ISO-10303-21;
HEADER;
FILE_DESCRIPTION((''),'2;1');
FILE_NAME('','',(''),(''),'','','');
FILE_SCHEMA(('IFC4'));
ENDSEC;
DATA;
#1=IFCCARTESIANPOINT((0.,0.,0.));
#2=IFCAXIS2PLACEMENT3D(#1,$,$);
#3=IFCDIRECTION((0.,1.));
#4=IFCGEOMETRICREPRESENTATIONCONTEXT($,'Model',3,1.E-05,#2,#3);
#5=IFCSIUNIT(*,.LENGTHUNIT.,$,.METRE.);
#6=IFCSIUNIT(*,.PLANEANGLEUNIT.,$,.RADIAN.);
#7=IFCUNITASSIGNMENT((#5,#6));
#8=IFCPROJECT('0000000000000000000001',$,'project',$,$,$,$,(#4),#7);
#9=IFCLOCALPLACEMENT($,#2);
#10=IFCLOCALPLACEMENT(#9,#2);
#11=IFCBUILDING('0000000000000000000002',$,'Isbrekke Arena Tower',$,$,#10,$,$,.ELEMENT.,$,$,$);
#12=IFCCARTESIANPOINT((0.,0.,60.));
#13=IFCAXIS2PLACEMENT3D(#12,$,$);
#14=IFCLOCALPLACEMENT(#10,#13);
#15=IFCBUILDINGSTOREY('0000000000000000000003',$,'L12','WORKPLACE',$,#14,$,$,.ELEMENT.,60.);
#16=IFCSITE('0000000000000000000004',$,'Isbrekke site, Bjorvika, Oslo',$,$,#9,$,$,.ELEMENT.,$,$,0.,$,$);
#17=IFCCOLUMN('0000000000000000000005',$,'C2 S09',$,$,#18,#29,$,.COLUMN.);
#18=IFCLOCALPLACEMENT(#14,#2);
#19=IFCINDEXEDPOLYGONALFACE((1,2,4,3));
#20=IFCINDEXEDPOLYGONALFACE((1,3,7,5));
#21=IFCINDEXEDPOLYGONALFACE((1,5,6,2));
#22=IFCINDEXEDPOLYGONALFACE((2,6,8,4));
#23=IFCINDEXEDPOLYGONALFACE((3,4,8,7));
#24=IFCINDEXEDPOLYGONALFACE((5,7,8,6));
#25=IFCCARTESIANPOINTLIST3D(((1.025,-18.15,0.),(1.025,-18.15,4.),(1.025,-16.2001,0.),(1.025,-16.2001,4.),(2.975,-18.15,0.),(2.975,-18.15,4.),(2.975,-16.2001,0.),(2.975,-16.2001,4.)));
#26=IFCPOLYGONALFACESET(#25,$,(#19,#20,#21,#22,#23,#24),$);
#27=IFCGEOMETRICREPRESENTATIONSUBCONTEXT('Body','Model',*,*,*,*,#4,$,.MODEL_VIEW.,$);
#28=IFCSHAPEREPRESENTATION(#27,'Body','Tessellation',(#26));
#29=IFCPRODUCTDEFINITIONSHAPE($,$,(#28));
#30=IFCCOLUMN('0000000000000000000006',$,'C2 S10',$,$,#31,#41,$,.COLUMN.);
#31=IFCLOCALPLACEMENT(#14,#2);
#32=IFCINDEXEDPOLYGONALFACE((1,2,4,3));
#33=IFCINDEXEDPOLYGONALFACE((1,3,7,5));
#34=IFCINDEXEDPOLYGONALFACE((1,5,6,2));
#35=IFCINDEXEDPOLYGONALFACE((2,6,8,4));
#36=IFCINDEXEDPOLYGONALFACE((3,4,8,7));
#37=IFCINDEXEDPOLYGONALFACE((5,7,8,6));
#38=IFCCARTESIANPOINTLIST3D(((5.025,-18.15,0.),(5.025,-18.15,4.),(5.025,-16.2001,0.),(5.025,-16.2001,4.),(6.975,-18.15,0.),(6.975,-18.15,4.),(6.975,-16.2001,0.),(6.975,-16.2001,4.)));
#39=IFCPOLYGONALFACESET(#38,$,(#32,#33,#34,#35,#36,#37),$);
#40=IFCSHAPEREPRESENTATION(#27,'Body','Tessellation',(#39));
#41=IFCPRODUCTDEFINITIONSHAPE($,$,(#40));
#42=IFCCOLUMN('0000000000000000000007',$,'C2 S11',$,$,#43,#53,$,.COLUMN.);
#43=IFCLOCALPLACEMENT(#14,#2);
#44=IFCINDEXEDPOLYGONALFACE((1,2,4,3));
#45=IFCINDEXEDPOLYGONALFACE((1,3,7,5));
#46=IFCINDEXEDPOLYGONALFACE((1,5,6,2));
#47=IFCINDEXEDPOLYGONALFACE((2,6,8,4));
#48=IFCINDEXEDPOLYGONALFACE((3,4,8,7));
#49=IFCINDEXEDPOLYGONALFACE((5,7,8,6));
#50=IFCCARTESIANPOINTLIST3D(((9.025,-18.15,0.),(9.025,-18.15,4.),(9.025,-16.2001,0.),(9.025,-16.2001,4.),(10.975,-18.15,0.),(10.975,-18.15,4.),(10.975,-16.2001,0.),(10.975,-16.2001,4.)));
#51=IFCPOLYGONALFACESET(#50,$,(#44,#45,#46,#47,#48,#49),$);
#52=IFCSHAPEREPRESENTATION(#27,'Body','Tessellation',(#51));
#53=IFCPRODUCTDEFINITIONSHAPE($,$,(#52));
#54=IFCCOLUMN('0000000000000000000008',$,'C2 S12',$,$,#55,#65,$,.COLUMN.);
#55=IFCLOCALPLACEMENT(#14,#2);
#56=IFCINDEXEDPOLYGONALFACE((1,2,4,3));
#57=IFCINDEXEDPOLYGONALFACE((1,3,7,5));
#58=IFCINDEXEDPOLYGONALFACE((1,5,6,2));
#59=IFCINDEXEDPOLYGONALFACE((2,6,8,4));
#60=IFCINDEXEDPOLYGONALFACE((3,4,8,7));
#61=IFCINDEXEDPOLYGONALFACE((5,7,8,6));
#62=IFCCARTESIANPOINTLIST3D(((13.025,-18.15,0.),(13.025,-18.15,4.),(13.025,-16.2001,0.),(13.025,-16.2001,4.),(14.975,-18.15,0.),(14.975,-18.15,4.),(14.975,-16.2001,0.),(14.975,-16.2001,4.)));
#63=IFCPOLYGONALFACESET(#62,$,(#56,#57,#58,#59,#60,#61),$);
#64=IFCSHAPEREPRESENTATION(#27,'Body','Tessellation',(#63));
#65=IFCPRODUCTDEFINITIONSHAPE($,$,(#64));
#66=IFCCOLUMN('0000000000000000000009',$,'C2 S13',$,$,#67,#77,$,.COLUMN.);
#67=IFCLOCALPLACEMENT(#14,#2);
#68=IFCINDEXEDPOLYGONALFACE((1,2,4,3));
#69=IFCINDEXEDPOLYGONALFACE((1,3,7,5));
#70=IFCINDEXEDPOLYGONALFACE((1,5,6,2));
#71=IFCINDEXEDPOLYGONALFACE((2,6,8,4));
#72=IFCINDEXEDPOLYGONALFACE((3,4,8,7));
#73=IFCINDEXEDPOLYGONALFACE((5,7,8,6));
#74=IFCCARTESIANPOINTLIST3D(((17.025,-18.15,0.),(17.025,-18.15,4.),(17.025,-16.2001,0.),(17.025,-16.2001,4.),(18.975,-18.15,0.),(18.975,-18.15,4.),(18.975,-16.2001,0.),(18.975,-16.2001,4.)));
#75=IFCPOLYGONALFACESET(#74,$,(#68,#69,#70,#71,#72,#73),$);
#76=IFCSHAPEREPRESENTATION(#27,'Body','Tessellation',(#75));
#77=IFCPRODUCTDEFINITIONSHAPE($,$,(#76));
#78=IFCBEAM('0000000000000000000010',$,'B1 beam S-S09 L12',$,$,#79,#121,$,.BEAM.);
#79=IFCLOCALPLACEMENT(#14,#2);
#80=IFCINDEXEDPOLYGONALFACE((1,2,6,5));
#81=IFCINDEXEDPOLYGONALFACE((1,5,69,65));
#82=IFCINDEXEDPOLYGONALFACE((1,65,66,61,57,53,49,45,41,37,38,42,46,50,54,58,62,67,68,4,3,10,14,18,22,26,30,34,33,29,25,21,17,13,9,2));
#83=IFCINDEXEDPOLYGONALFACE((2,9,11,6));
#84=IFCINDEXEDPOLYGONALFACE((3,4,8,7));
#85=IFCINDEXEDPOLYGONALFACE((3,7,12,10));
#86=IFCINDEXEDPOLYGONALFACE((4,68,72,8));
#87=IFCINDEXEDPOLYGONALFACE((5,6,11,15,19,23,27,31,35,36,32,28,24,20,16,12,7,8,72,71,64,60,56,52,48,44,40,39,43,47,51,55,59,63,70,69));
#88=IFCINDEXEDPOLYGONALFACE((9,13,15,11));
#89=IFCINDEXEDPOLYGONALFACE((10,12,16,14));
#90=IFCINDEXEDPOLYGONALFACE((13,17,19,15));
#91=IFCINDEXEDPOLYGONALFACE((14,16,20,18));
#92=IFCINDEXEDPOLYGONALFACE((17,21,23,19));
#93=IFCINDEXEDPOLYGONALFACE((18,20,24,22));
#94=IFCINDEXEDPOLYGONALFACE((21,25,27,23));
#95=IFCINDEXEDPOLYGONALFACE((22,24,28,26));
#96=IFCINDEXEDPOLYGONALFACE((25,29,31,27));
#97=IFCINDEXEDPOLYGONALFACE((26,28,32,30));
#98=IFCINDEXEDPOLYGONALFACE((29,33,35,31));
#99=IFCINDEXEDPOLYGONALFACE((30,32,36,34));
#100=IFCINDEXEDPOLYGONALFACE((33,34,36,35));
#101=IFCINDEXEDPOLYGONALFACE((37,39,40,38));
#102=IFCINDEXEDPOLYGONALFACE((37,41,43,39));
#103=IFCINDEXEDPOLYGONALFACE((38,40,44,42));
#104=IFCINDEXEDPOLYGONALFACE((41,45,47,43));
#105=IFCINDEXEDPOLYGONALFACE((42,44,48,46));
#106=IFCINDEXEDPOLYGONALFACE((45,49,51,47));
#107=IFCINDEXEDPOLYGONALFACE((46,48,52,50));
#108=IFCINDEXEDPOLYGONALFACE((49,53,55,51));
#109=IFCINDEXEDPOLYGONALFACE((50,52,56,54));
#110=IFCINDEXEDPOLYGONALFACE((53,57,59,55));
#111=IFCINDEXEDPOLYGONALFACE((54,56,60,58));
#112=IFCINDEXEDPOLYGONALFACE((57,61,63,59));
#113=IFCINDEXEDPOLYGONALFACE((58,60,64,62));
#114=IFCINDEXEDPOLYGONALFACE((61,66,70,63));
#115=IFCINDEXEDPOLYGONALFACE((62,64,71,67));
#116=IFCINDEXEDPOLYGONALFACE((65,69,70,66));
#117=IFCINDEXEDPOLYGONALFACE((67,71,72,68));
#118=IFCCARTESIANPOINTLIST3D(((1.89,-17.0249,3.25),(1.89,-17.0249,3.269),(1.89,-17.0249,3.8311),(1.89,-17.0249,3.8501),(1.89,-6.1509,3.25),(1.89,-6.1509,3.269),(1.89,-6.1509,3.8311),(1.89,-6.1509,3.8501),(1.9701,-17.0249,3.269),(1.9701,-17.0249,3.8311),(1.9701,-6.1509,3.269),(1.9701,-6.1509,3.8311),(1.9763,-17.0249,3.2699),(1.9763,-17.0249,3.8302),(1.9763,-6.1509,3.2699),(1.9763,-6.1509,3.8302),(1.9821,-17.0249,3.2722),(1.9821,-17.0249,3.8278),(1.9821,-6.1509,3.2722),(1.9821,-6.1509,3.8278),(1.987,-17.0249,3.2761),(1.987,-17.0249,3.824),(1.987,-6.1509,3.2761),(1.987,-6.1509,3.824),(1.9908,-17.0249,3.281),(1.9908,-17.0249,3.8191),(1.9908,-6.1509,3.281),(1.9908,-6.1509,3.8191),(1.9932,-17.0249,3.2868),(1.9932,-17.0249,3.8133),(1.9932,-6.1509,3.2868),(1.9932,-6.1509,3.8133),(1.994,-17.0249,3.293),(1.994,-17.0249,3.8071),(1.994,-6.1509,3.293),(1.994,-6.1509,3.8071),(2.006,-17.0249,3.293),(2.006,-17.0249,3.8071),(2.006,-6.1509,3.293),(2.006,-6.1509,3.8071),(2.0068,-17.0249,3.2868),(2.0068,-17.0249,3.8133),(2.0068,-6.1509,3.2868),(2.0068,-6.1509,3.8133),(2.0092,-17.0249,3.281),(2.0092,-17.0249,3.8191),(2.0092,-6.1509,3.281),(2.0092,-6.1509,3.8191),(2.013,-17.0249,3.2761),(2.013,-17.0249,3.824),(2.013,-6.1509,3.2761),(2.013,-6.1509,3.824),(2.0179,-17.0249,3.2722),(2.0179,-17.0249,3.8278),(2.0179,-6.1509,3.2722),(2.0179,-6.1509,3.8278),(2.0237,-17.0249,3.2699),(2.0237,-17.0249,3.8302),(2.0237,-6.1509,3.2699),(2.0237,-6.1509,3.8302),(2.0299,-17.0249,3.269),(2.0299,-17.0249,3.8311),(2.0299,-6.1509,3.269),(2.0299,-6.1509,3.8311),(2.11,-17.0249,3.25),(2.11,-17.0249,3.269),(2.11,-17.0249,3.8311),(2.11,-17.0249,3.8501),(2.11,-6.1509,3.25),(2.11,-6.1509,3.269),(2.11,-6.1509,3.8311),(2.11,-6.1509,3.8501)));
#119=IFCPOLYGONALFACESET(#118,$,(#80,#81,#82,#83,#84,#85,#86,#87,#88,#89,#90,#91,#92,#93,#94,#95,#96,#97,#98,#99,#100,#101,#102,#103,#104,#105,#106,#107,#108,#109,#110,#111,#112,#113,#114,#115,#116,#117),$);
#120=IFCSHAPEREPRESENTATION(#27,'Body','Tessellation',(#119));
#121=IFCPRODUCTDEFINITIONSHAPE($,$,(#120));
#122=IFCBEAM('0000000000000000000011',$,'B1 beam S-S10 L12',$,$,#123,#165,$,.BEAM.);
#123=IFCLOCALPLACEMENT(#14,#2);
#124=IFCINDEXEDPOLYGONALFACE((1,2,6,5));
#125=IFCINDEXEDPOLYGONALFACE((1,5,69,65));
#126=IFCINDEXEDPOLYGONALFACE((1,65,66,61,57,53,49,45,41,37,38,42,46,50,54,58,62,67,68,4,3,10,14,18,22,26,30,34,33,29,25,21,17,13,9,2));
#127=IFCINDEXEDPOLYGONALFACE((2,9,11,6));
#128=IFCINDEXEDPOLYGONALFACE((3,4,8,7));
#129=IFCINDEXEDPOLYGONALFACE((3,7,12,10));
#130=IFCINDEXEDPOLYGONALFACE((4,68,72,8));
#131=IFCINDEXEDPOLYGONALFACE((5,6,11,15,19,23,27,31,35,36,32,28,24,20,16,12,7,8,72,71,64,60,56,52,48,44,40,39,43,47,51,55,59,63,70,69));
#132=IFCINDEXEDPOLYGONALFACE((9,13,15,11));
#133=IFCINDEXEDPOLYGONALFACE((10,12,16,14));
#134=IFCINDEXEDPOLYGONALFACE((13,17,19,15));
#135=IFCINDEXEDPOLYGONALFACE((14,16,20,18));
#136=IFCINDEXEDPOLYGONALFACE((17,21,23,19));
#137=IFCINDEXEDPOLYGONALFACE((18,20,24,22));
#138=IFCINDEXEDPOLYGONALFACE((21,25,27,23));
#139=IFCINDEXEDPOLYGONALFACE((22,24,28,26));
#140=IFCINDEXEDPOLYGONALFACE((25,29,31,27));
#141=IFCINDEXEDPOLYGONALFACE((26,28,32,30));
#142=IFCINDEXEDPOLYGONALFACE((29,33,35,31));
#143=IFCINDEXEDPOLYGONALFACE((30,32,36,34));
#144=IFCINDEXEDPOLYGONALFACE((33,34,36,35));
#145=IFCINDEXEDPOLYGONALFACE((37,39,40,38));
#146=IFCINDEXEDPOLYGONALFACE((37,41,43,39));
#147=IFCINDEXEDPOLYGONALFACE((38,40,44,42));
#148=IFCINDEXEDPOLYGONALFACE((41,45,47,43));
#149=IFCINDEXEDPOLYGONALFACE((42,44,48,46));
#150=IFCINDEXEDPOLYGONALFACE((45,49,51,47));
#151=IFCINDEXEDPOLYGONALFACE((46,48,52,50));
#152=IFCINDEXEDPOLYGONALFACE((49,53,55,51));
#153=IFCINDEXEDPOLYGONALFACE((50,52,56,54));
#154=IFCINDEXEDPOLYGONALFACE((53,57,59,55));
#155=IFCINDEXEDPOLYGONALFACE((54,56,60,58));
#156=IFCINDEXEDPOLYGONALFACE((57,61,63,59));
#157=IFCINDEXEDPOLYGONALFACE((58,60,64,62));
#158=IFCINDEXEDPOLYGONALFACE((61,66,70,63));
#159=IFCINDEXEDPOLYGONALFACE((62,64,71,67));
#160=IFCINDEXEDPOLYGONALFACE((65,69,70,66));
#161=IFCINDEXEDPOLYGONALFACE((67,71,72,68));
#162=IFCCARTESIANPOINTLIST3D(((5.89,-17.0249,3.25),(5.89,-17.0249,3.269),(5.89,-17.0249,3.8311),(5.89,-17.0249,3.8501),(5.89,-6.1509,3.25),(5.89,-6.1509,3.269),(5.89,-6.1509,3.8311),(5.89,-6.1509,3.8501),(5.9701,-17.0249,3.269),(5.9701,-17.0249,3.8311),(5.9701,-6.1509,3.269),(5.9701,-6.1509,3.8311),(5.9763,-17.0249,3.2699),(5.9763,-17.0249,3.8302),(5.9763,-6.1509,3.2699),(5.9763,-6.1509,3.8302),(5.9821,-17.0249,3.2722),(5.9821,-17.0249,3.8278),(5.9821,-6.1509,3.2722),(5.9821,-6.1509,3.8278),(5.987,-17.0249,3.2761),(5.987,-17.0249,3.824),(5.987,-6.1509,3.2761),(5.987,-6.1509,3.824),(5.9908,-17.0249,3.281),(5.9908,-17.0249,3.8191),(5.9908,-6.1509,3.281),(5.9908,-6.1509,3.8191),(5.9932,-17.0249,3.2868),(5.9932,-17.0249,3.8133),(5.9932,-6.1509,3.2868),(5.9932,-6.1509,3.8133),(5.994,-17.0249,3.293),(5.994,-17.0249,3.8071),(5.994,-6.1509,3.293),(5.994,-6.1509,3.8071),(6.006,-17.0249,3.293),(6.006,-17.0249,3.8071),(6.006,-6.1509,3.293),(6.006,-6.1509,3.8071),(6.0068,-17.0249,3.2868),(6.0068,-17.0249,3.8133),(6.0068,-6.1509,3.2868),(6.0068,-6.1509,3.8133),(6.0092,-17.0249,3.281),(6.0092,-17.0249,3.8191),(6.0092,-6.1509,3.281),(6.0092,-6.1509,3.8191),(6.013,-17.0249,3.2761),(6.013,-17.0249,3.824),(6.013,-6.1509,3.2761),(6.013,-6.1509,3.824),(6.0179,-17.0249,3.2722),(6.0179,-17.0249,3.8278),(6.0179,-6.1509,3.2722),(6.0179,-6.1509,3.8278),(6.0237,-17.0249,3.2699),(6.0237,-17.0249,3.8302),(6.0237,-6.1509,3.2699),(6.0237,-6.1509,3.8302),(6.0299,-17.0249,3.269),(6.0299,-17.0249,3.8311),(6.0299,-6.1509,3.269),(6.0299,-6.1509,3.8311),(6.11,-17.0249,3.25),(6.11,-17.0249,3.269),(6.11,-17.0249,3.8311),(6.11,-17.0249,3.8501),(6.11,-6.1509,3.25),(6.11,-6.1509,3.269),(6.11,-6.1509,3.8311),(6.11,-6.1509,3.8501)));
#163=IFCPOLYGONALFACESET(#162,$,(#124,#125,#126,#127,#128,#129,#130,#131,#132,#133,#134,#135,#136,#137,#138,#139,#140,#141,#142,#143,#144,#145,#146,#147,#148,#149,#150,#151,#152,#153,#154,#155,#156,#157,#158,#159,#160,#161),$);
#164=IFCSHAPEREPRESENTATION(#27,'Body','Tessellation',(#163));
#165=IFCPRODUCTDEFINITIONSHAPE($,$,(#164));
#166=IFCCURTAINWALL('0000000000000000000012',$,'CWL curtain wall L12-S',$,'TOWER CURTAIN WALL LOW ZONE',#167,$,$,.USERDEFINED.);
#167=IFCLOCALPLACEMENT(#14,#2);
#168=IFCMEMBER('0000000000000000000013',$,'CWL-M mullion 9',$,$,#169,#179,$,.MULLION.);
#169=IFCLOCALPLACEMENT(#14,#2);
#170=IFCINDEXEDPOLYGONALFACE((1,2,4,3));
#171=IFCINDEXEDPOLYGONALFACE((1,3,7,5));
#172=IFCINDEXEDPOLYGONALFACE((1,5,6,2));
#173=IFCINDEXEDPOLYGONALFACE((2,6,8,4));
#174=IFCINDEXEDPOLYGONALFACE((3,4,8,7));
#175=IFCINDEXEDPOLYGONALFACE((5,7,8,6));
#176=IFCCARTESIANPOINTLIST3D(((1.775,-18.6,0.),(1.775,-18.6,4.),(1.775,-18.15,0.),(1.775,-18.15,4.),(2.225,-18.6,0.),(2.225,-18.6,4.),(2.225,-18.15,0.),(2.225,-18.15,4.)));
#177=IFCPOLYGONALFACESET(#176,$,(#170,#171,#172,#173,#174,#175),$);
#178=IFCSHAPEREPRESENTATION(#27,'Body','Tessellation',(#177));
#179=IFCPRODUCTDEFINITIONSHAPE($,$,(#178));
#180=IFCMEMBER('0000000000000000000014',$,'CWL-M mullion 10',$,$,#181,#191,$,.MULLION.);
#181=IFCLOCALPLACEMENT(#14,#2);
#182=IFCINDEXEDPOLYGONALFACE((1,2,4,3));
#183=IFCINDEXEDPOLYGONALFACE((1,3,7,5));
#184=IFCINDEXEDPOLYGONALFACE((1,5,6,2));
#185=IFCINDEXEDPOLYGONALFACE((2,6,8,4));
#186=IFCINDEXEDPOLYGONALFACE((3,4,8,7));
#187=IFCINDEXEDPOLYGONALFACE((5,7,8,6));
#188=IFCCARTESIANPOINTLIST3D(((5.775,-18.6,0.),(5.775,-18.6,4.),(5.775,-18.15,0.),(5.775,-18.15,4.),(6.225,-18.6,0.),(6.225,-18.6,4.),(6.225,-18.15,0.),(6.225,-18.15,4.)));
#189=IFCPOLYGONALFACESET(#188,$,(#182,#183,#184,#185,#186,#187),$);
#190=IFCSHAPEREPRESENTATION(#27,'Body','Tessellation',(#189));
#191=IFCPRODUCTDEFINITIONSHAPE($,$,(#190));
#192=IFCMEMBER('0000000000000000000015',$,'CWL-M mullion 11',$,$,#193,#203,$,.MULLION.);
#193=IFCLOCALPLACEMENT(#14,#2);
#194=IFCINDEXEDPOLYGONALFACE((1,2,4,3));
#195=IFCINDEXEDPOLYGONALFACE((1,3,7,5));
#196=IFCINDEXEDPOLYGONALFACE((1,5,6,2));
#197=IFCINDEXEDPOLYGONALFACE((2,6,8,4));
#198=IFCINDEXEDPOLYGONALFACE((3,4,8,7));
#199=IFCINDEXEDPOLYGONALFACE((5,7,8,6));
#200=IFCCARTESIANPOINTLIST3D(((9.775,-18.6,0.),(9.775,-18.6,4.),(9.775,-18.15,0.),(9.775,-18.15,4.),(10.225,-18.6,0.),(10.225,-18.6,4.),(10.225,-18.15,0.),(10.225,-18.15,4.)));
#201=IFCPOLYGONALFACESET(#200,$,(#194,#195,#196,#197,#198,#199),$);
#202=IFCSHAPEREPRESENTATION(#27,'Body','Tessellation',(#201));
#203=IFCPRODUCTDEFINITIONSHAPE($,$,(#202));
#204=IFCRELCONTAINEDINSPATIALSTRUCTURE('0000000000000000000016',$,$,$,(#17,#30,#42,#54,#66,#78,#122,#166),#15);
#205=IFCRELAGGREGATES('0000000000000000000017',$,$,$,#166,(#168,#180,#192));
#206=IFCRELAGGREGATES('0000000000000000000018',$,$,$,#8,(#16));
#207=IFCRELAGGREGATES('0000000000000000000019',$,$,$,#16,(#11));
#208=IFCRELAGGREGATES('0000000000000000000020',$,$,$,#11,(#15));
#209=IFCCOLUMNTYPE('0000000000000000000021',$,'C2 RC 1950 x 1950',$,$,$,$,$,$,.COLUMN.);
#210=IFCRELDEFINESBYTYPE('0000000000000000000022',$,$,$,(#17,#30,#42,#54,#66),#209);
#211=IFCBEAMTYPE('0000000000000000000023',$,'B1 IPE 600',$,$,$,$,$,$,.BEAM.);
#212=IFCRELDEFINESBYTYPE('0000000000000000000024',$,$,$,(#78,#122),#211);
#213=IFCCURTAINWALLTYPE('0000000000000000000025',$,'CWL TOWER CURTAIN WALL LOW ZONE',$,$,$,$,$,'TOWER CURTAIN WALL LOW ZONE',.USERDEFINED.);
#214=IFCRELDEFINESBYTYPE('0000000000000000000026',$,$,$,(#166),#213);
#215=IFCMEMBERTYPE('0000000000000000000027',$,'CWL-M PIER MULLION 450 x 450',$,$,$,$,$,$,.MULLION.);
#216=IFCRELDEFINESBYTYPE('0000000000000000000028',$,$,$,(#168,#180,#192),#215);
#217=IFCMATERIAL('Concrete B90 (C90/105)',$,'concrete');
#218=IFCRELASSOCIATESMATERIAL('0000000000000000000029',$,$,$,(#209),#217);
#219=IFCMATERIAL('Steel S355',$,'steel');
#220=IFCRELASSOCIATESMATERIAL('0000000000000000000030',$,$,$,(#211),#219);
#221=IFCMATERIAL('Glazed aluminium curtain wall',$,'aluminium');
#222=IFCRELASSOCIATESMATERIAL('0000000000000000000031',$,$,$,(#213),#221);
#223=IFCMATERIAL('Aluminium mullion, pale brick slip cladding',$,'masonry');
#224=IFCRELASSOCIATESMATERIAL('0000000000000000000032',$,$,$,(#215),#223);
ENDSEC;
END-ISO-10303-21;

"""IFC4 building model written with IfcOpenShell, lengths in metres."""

from ifc_helpers import new_model, si_unit, direction, frame, origin, origin_2d, place, context, subcontext, project, spatial, rectangle, i_section, extrude, material, material_profile, profile_set, type_object, element, aggregate, save


model = new_model("IFC4")

# Units and contexts
model_context = context("Model", 3, precision=1e-05, world=origin(), true_north=direction((0.0, 1.0)))
body_context = subcontext(model_context, "Body", "Model", "MODEL_VIEW")
ifc_project = project(units=[si_unit("LENGTHUNIT", "METRE"), si_unit("PLANEANGLEUNIT", "RADIAN")], contexts=[model_context])

# Site, building, storey
site_placement = place(None, origin())
site = spatial("IfcSite", under=ifc_project, at=site_placement, Name="Isbrekke site, Bjorvika, Oslo", CompositionType="ELEMENT", RefElevation=0.0)
building_placement = place(site_placement, origin())
building = spatial("IfcBuilding", under=site, at=building_placement, Name="Isbrekke Arena Tower", CompositionType="ELEMENT")
storey_placement = place(building_placement, frame((0.0, 0.0, 60.0)))
storey = spatial("IfcBuildingStorey", under=building, at=storey_placement, Name="L12", Description="WORKPLACE", CompositionType="ELEMENT", Elevation=60.0)

# Columns
ifc_material_1 = material(Name="Concrete B90 (C90/105)", Category="concrete")
ifc_material_profile_1 = material_profile(ifc_material_1, rectangle(XDim=1.95, YDim=1.95, at=origin_2d()), Name="RC 1950x1950")
ifc_profile_set_1 = profile_set([ifc_material_profile_1], Name="Concrete B90 (C90/105)")
column_type = type_object("IfcColumnType", Name="C2 RC 1950 x 1950", PredefinedType="COLUMN", material=ifc_profile_set_1)
for number, where, z_axis, x_axis, name in (
    (1, (2.0, -17.175, 0.0), (0.0, 0.0, 1.0), (1.0, 0.0, 0.0), "C2 S09"),
    (2, (6.0, -17.175, 0.0), (0.0, 0.0, 1.0), (1.0, 0.0, 0.0), "C2 S10"),
    (3, (10.0, -17.175, 0.0), (0.0, 0.0, 1.0), (1.0, 0.0, 0.0), "C2 S11"),
    (4, (14.0, -17.175, 0.0), (0.0, 0.0, 1.0), (1.0, 0.0, 0.0), "C2 S12"),
    (5, (18.0, -17.175, 0.0), (0.0, 0.0, 1.0), (1.0, 0.0, 0.0), "C2 S13"),
):
    element("IfcColumn", number, at=place(storey_placement, frame(where, z_axis=z_axis, x_axis=x_axis)), inside=storey, type_object=column_type, Name=name, PredefinedType="COLUMN", context=body_context, shape_type="SweptSolid", body=[
        extrude(rectangle(XDim=1.95, YDim=1.95, at=origin_2d()), origin(), (0.0, 0.0, 1.0), 4.0),
    ])

# Beams
ifc_material_2 = material(Name="Steel S355", Category="steel")
ifc_material_profile_2 = material_profile(ifc_material_2, i_section(OverallWidth=0.22, OverallDepth=0.6001, WebThickness=0.012, FlangeThickness=0.019, FilletRadius=0.0239, at=origin_2d()), Name="IPE 600")
ifc_profile_set_2 = profile_set([ifc_material_profile_2], Name="Steel S355")
beam_type_1 = type_object("IfcBeamType", Name="B1 IPE 600", PredefinedType="BEAM", material=ifc_profile_set_2)
for number, where, z_axis, x_axis, name in (
    (6, (2.0, -17.0249, 3.55), (0.0, 1.0, 0.0), (-1.0, 0.0, 0.0), "B1 beam S-S09 L12"),
    (7, (6.0, -17.0249, 3.55), (0.0, 1.0, 0.0), (-1.0, 0.0, 0.0), "B1 beam S-S10 L12"),
):
    element("IfcBeam", number, at=place(storey_placement, frame(where, z_axis=z_axis, x_axis=x_axis)), inside=storey, type_object=beam_type_1, Name=name, PredefinedType="BEAM", context=body_context, shape_type="SweptSolid", body=[
        extrude(i_section(OverallWidth=0.22, OverallDepth=0.6001, WebThickness=0.012, FlangeThickness=0.019, FilletRadius=0.0239, at=origin_2d()), origin(), (0.0, 0.0, 1.0), 10.874),
    ])

# Curtain wall, members
ifc_material_3 = material(Name="Glazed aluminium curtain wall", Category="aluminium")
curtain_wall_type = type_object("IfcCurtainWallType", Name="CWL TOWER CURTAIN WALL LOW ZONE", ElementType="TOWER CURTAIN WALL LOW ZONE", PredefinedType="USERDEFINED", material=ifc_material_3)
curtain_wall_placement = place(storey_placement, origin())
curtain_wall = element("IfcCurtainWall", 8, at=curtain_wall_placement, inside=storey, type_object=curtain_wall_type, Name="CWL curtain wall L12-S", ObjectType="TOWER CURTAIN WALL LOW ZONE", PredefinedType="USERDEFINED")
ifc_material_4 = material(Name="Aluminium mullion, pale brick slip cladding", Category="masonry")
ifc_material_profile_3 = material_profile(ifc_material_4, rectangle(XDim=0.45, YDim=0.45, at=origin_2d()), Name="PIER 450X450")
ifc_profile_set_3 = profile_set([ifc_material_profile_3], Name="Aluminium mullion, pale brick slip cladding")
member_type_1 = type_object("IfcMemberType", Name="CWL-M PIER MULLION 450 x 450", PredefinedType="MULLION", material=ifc_profile_set_3)
member_1_placement = place(storey_placement, frame((2.0, -18.375, 0.0), z_axis=(0.0, 0.0, 1.0), x_axis=(1.0, 0.0, 0.0)))
member_1 = element("IfcMember", 9, at=member_1_placement, type_object=member_type_1, Name="CWL-M mullion 9", PredefinedType="MULLION", context=body_context, shape_type="SweptSolid", body=[
    extrude(rectangle(XDim=0.45, YDim=0.45, at=origin_2d()), origin(), (0.0, 0.0, 1.0), 4.0),
])
member_2_placement = place(storey_placement, frame((6.0, -18.375, 0.0), z_axis=(0.0, 0.0, 1.0), x_axis=(1.0, 0.0, 0.0)))
member_2 = element("IfcMember", 10, at=member_2_placement, type_object=member_type_1, Name="CWL-M mullion 10", PredefinedType="MULLION", context=body_context, shape_type="SweptSolid", body=[
    extrude(rectangle(XDim=0.45, YDim=0.45, at=origin_2d()), origin(), (0.0, 0.0, 1.0), 4.0),
])
member_3_placement = place(storey_placement, frame((10.0, -18.375, 0.0), z_axis=(0.0, 0.0, 1.0), x_axis=(1.0, 0.0, 0.0)))
member_3 = element("IfcMember", 11, at=member_3_placement, type_object=member_type_1, Name="CWL-M mullion 11", PredefinedType="MULLION", context=body_context, shape_type="SweptSolid", body=[
    extrude(rectangle(XDim=0.45, YDim=0.45, at=origin_2d()), origin(), (0.0, 0.0, 1.0), 4.0),
])

aggregate(curtain_wall, [member_1, member_2, member_3])

save(model, "model.ifc")
